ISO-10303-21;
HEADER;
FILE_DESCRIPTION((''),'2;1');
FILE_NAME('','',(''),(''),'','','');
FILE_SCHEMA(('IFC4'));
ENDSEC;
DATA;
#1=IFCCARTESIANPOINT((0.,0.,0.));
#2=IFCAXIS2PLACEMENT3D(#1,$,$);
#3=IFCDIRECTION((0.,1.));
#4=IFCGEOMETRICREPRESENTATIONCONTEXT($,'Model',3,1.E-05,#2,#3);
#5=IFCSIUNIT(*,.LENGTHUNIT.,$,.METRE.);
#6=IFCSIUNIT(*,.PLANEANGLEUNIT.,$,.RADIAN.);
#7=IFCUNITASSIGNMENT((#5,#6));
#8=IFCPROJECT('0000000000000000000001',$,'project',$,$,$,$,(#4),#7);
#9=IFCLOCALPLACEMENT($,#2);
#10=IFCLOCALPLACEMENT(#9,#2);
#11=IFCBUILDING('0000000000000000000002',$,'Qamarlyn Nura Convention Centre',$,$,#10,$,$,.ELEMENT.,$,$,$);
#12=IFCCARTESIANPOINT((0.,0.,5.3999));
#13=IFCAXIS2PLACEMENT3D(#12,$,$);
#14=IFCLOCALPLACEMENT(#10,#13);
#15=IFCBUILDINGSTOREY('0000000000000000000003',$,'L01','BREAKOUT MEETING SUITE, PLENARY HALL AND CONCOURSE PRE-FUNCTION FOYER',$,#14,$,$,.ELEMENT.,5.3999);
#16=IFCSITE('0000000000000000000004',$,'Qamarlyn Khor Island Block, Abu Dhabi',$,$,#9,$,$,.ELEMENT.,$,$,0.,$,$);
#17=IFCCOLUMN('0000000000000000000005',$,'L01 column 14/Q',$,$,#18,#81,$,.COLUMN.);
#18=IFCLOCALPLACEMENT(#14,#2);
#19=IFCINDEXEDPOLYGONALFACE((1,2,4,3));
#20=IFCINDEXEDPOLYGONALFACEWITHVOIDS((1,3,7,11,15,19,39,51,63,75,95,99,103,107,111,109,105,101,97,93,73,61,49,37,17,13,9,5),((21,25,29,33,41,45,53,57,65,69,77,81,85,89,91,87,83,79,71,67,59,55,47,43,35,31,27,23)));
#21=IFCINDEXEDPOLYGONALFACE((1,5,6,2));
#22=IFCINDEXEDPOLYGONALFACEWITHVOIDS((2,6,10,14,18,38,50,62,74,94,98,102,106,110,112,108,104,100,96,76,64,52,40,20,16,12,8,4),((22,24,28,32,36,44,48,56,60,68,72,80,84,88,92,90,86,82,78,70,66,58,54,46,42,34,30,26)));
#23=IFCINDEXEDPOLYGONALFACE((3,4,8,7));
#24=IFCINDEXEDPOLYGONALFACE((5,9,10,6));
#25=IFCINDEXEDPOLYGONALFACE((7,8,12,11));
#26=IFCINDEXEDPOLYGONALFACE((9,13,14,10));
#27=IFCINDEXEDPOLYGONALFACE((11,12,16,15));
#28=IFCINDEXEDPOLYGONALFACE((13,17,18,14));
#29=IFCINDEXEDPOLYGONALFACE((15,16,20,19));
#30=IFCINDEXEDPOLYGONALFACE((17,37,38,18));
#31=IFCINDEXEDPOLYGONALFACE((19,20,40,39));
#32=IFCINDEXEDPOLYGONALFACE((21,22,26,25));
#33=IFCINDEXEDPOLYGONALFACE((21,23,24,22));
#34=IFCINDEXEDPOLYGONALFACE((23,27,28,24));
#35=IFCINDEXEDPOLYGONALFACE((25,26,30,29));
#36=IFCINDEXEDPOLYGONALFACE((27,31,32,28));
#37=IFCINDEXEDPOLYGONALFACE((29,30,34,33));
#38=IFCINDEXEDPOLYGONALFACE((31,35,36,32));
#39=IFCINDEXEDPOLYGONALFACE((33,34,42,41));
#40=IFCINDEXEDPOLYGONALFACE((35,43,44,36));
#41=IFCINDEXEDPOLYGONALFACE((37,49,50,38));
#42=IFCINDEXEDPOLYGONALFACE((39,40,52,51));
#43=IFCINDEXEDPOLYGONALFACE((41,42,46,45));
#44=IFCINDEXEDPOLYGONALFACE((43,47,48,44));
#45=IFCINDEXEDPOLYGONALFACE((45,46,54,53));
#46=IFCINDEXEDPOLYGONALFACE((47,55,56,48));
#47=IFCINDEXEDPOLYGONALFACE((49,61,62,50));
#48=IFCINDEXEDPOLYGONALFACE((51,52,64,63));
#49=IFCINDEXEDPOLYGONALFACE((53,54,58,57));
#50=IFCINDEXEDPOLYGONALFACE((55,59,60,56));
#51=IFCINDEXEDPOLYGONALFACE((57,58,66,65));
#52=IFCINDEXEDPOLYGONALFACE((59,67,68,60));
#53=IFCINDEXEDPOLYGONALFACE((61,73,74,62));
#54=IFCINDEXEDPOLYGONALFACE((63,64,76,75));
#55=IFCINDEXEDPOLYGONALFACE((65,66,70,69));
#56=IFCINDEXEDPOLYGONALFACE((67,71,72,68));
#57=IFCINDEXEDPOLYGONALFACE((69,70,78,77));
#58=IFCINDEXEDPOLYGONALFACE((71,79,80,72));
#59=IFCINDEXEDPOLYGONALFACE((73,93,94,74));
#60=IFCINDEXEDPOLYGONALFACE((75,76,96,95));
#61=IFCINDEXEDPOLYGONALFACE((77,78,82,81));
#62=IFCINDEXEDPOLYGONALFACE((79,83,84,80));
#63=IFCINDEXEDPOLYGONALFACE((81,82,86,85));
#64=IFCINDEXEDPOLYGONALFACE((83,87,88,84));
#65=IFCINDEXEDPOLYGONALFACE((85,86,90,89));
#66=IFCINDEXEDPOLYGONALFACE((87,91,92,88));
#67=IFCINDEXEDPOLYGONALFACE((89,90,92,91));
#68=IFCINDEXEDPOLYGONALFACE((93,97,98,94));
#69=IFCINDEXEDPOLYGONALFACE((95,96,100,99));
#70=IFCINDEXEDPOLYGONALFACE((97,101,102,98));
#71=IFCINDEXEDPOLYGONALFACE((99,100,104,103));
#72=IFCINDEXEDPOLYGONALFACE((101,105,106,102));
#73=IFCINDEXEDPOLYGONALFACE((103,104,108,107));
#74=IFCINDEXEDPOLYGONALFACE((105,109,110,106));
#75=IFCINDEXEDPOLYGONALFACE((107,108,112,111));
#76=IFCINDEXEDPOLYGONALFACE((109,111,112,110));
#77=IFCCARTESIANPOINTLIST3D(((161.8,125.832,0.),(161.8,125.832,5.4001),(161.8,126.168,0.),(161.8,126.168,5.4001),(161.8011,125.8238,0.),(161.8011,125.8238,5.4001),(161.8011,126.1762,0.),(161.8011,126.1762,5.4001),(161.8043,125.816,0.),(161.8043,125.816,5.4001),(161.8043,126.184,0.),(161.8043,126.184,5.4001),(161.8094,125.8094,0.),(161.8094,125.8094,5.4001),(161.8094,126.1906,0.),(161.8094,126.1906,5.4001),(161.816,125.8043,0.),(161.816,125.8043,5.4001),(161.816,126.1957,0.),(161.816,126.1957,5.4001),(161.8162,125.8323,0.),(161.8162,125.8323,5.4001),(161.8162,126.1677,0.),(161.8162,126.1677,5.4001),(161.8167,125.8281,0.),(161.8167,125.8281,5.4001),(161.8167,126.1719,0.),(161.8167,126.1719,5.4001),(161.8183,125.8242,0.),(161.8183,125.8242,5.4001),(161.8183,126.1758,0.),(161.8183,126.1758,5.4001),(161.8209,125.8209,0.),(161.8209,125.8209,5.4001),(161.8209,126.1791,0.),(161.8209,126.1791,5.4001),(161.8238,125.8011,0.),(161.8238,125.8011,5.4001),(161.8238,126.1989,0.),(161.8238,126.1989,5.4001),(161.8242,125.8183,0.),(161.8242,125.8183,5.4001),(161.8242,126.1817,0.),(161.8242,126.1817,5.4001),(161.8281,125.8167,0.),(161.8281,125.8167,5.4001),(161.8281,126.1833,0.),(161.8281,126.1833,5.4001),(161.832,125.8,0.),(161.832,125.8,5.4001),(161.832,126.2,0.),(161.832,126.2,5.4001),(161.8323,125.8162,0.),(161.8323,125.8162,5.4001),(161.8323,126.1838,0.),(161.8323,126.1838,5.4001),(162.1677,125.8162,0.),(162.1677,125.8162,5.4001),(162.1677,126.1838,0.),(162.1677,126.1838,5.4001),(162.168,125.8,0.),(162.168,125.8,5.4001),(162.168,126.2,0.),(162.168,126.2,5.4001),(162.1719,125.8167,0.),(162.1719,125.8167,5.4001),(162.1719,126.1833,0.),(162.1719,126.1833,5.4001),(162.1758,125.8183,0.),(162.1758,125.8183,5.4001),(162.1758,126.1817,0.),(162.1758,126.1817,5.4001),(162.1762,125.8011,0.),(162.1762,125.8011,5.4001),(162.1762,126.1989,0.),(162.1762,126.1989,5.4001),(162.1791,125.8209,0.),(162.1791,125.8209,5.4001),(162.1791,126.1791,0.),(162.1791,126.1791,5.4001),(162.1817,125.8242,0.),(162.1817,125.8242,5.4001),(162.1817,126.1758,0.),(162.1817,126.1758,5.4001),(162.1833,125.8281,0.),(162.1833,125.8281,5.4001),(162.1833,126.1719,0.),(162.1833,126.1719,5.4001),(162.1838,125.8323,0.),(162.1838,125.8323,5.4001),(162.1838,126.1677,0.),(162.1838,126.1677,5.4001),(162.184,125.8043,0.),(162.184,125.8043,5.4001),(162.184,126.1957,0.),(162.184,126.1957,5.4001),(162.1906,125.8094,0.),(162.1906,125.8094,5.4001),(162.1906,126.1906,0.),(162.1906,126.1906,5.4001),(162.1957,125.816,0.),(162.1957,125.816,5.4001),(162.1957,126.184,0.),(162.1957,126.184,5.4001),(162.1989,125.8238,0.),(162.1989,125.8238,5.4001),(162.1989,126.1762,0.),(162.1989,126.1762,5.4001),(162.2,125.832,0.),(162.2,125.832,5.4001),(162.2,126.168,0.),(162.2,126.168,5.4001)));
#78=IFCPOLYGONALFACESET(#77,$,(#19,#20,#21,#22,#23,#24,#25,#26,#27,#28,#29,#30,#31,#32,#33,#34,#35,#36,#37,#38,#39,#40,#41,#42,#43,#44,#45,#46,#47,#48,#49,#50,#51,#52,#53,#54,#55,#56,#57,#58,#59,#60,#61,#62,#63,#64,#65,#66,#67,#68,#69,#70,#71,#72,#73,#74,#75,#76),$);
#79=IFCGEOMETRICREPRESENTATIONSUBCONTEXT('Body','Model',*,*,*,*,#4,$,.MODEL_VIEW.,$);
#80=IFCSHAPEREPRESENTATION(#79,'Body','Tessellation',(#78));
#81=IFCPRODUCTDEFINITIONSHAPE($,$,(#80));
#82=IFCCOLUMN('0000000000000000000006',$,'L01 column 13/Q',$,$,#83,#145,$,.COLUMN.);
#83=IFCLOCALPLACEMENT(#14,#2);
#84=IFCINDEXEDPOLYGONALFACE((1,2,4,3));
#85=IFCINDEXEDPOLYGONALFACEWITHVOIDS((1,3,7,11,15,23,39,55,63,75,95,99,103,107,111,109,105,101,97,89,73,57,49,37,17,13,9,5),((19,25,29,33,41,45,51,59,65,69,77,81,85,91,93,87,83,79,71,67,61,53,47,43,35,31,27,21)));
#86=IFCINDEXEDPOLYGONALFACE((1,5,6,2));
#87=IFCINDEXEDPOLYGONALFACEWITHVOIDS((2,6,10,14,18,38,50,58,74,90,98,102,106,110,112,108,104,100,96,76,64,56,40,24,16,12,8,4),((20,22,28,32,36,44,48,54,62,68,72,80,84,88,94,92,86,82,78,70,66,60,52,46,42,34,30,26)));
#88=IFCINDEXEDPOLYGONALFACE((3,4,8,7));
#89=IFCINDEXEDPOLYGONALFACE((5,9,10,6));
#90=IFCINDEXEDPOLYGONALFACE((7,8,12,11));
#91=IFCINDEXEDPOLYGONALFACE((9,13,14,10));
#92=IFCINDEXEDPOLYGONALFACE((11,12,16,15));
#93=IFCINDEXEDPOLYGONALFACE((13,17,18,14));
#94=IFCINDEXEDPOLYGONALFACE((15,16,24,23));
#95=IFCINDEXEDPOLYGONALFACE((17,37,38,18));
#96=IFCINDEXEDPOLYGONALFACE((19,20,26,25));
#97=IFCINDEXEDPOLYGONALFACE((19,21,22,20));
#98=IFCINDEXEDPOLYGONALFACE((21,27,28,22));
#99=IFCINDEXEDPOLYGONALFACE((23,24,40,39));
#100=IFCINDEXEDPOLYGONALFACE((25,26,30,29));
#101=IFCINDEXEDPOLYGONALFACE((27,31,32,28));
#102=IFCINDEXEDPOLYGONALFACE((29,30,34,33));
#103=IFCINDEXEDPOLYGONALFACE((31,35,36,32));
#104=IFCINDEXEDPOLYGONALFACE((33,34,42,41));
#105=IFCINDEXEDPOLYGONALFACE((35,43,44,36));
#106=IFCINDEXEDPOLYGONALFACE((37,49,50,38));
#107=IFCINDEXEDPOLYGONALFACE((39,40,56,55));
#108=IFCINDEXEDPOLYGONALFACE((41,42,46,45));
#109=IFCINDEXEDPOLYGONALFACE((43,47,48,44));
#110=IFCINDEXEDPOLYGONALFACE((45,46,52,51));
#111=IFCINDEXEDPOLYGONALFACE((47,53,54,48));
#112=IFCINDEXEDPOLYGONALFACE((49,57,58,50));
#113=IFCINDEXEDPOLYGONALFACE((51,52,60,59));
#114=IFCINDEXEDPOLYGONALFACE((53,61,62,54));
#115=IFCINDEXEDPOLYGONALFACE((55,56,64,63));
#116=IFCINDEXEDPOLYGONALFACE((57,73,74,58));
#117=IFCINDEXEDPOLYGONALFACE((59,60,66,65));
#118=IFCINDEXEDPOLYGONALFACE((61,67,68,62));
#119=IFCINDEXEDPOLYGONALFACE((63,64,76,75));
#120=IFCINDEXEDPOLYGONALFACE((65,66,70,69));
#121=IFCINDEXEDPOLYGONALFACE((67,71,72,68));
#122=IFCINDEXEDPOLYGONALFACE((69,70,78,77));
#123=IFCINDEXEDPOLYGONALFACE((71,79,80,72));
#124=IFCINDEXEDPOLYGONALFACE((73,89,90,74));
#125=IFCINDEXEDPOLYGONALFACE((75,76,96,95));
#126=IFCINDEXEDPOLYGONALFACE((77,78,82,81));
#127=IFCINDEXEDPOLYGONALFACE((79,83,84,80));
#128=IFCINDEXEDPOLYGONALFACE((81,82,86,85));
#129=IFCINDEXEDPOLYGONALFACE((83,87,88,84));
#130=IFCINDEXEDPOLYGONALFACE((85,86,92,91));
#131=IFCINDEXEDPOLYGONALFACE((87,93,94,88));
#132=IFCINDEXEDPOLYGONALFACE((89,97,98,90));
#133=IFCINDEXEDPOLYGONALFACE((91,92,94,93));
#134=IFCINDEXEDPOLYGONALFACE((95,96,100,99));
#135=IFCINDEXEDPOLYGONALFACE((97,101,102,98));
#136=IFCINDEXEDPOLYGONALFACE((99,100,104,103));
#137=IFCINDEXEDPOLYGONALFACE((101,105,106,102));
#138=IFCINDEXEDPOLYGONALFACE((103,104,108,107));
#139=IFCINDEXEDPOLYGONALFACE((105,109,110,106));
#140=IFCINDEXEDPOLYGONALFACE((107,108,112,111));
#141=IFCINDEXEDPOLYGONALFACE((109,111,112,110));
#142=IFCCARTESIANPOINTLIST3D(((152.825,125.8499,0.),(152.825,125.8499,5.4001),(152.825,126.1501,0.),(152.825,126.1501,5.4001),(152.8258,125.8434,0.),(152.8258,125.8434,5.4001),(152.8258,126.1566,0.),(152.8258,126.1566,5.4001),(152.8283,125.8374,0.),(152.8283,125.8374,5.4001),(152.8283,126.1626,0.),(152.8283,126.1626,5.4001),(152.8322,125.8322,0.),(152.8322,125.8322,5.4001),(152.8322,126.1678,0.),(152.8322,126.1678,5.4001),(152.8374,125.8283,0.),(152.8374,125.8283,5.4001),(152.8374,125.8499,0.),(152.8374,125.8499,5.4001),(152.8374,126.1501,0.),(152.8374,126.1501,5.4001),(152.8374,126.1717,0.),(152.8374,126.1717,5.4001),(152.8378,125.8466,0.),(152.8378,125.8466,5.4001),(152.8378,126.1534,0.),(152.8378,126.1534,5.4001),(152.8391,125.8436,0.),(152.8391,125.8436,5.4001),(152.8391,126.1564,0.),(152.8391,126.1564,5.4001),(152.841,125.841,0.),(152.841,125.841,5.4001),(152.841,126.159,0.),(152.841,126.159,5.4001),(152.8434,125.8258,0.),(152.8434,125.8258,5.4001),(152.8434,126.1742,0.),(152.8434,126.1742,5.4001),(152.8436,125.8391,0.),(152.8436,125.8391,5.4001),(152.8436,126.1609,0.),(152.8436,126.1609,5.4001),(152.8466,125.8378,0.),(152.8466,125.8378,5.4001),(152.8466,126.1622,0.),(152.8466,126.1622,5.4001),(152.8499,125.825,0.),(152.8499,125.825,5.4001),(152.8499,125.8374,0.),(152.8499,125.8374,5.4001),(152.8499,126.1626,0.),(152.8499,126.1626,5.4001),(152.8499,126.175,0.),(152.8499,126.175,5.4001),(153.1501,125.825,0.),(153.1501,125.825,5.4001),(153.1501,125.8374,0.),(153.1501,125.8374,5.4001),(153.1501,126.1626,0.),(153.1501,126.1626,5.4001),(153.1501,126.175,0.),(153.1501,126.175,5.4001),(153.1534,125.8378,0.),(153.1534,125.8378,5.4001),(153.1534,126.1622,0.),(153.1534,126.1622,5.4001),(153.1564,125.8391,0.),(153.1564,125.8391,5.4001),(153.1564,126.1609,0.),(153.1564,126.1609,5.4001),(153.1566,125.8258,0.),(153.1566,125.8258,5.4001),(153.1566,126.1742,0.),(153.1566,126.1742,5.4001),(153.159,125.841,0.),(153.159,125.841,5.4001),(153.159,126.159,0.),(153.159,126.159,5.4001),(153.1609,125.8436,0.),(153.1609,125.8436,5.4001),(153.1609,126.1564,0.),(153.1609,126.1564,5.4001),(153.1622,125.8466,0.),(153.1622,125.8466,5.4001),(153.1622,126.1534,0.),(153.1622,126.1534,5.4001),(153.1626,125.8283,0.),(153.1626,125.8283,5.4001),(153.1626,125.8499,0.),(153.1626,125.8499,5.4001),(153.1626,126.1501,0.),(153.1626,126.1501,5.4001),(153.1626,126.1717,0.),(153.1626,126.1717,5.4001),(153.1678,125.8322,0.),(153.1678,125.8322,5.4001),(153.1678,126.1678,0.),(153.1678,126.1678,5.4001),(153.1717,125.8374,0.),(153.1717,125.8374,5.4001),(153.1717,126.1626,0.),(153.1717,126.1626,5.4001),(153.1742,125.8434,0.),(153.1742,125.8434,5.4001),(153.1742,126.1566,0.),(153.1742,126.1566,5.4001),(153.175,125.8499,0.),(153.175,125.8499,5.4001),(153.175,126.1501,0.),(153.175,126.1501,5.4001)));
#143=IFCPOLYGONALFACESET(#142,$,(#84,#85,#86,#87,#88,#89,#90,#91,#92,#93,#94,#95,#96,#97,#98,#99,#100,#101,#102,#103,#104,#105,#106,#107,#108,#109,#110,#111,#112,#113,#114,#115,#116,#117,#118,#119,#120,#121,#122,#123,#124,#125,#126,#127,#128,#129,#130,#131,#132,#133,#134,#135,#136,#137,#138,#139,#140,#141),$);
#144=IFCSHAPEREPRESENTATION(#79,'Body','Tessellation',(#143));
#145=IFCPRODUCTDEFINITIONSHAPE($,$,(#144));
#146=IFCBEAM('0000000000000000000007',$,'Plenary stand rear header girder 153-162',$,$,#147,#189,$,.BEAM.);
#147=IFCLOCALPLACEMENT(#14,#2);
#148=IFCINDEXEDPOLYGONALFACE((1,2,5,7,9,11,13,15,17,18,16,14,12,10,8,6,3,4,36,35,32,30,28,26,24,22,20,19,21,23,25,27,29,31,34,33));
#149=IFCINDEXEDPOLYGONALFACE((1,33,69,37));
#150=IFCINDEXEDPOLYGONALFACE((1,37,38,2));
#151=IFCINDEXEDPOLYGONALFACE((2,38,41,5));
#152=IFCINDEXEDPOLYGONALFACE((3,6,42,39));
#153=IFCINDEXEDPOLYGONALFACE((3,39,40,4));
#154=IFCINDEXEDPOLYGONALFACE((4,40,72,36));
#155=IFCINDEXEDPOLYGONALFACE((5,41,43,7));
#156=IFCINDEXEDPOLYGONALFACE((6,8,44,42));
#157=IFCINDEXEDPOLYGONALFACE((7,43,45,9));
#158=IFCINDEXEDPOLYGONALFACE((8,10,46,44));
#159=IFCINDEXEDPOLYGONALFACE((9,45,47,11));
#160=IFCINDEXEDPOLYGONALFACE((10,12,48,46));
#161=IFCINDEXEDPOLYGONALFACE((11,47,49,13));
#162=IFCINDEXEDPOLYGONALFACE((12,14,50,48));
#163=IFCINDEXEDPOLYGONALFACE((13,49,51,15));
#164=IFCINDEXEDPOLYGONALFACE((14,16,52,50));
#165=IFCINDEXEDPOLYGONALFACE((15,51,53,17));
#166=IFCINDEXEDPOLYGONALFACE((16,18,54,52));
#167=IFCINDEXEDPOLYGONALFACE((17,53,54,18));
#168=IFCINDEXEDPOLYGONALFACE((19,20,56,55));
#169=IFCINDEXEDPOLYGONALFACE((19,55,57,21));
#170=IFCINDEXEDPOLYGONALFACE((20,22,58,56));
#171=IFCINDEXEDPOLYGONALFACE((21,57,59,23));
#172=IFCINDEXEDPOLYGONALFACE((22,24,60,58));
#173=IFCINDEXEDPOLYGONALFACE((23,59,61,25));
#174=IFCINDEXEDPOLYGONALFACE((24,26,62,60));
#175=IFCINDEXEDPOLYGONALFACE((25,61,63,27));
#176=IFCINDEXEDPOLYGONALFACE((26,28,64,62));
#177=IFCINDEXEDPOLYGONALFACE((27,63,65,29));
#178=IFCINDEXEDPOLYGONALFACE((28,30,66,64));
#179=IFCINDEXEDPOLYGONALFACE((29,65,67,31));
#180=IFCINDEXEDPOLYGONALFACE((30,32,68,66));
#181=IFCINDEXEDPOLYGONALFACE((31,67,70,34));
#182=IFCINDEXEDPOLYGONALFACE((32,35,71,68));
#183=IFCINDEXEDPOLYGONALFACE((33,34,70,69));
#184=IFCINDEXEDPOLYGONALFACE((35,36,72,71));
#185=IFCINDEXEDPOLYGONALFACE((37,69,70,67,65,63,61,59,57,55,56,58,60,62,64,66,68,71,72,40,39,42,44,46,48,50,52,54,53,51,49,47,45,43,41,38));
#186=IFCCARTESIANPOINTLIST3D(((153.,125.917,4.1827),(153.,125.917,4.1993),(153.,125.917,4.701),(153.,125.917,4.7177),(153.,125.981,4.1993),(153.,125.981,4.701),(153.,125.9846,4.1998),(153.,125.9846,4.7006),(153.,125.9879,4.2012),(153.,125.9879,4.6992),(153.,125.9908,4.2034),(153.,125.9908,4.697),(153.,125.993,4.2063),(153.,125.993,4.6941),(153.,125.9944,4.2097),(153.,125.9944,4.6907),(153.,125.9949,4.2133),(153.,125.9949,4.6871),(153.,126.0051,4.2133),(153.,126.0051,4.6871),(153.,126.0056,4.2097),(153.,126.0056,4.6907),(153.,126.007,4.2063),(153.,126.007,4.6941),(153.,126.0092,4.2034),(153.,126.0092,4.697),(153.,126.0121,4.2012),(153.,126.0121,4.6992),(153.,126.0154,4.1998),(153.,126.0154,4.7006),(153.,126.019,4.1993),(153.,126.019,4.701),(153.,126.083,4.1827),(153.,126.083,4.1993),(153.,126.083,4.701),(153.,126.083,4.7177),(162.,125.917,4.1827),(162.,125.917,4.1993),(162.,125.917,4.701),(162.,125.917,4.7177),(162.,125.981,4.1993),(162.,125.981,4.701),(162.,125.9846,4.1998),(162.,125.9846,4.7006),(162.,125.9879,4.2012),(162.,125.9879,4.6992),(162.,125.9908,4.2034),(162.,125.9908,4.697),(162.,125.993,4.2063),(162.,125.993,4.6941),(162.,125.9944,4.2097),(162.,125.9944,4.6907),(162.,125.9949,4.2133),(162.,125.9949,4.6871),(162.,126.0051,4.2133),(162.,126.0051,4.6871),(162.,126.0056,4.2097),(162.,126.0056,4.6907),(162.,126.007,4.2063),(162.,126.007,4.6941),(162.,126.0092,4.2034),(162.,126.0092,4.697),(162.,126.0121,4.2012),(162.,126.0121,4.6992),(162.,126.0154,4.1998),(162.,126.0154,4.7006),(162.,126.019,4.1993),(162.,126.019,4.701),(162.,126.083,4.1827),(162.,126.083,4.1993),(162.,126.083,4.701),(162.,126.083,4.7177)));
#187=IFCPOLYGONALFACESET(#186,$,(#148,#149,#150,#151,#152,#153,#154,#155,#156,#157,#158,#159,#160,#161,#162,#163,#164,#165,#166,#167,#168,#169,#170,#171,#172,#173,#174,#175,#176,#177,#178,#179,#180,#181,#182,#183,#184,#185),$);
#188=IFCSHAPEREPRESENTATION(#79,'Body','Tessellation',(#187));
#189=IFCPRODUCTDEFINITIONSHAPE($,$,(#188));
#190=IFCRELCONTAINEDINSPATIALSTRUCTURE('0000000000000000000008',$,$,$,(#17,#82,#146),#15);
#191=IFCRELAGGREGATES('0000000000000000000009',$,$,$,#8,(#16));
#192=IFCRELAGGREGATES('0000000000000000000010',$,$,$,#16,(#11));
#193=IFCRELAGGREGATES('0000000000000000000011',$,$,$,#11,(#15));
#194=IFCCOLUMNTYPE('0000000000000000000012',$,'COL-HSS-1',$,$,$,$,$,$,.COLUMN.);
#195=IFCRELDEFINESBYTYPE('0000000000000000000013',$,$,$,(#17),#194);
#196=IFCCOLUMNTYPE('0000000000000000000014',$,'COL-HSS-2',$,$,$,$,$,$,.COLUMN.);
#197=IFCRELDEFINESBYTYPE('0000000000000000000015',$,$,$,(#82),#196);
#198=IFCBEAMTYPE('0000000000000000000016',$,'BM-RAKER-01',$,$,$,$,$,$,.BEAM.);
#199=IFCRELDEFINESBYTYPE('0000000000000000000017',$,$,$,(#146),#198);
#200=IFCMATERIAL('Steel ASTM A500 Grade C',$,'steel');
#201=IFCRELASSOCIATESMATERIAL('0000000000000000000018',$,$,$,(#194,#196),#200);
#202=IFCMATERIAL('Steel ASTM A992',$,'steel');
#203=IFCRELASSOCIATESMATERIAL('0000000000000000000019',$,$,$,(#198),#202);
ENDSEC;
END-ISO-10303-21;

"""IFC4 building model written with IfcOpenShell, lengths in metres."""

from ifc_helpers import new_model, si_unit, direction, frame, origin, origin_2d, place, context, subcontext, project, spatial, hollow_rectangle, i_section, extrude, material, material_profile, profile_set, type_object, element, save


model = new_model("IFC4")

# Units and contexts
model_context = context("Model", 3, precision=1e-05, world=origin(), true_north=direction((0.0, 1.0)))
body_context = subcontext(model_context, "Body", "Model", "MODEL_VIEW")
ifc_project = project(units=[si_unit("LENGTHUNIT", "METRE"), si_unit("PLANEANGLEUNIT", "RADIAN")], contexts=[model_context])

# Site, building, storey
site_placement = place(None, origin())
site = spatial("IfcSite", under=ifc_project, at=site_placement, Name="Qamarlyn Khor Island Block, Abu Dhabi", CompositionType="ELEMENT", RefElevation=0.0)
building_placement = place(site_placement, origin())
building = spatial("IfcBuilding", under=site, at=building_placement, Name="Qamarlyn Nura Convention Centre", CompositionType="ELEMENT")
storey_placement = place(building_placement, frame((0.0, 0.0, 5.3999)))
storey = spatial("IfcBuildingStorey", under=building, at=storey_placement, Name="L01", Description="BREAKOUT MEETING SUITE, PLENARY HALL AND CONCOURSE PRE-FUNCTION FOYER", CompositionType="ELEMENT", Elevation=5.3999)

# Columns
ifc_material_1 = material(Name="Steel ASTM A500 Grade C", Category="steel")
ifc_material_profile_1 = material_profile(ifc_material_1, hollow_rectangle(XDim=0.3999, YDim=0.3999, WallThickness=0.0161, InnerFilletRadius=0.0161, OuterFilletRadius=0.032, at=origin_2d()), Name="HSS400X400X16")
ifc_profile_set_1 = profile_set([ifc_material_profile_1], Name="Steel ASTM A500 Grade C")
column_type_1 = type_object("IfcColumnType", Name="COL-HSS-1", PredefinedType="COLUMN", material=ifc_profile_set_1)
column_1_placement = place(storey_placement, frame((162.0, 126.0, 0.0), z_axis=(0.0, 0.0, 1.0), x_axis=(1.0, 0.0, 0.0)))
element("IfcColumn", 1, at=column_1_placement, inside=storey, type_object=column_type_1, Name="L01 column 14/Q", PredefinedType="COLUMN", context=body_context, shape_type="SweptSolid", body=[
    extrude(hollow_rectangle(XDim=0.3999, YDim=0.3999, WallThickness=0.0161, InnerFilletRadius=0.0161, OuterFilletRadius=0.032, at=origin_2d()), origin(), (0.0, 0.0, 1.0), 5.4001),
])
ifc_material_profile_2 = material_profile(ifc_material_1, hollow_rectangle(XDim=0.3501, YDim=0.3501, WallThickness=0.0125, InnerFilletRadius=0.0125, OuterFilletRadius=0.0249, at=origin_2d()), Name="HSS350X350X12.5")
ifc_profile_set_2 = profile_set([ifc_material_profile_2], Name="Steel ASTM A500 Grade C")
column_type_2 = type_object("IfcColumnType", Name="COL-HSS-2", PredefinedType="COLUMN", material=ifc_profile_set_2)
column_2_placement = place(storey_placement, frame((153.0, 126.0, 0.0), z_axis=(0.0, 0.0, 1.0), x_axis=(1.0, 0.0, 0.0)))
element("IfcColumn", 2, at=column_2_placement, inside=storey, type_object=column_type_2, Name="L01 column 13/Q", PredefinedType="COLUMN", context=body_context, shape_type="SweptSolid", body=[
    extrude(hollow_rectangle(XDim=0.3501, YDim=0.3501, WallThickness=0.0125, InnerFilletRadius=0.0125, OuterFilletRadius=0.0249, at=origin_2d()), origin(), (0.0, 0.0, 1.0), 5.4001),
])

# Beam
ifc_material_2 = material(Name="Steel ASTM A992", Category="steel")
ifc_material_profile_3 = material_profile(ifc_material_2, i_section(OverallWidth=0.166, OverallDepth=0.5349, WebThickness=0.0103, FlangeThickness=0.0166, FilletRadius=0.0139, at=origin_2d()), Name="W530X85")
ifc_profile_set_3 = profile_set([ifc_material_profile_3], Name="Steel ASTM A992")
beam_type_1 = type_object("IfcBeamType", Name="BM-RAKER-01", PredefinedType="BEAM", material=ifc_profile_set_3)
for number, where, z_axis, x_axis, name in (
    (3, (153.0, 126.0, 4.4502), (1.0, 0.0, 0.0), (0.0, 1.0, 0.0), "Plenary stand rear header girder 153-162"),
):
    element("IfcBeam", number, at=place(storey_placement, frame(where, z_axis=z_axis, x_axis=x_axis)), inside=storey, type_object=beam_type_1, Name=name, PredefinedType="BEAM", context=body_context, shape_type="SweptSolid", body=[
        extrude(i_section(OverallWidth=0.166, OverallDepth=0.5349, WebThickness=0.0103, FlangeThickness=0.0166, FilletRadius=0.0139, at=origin_2d()), origin(), (0.0, 0.0, 1.0), 9.0),
    ])

save(model, "model.ifc")
